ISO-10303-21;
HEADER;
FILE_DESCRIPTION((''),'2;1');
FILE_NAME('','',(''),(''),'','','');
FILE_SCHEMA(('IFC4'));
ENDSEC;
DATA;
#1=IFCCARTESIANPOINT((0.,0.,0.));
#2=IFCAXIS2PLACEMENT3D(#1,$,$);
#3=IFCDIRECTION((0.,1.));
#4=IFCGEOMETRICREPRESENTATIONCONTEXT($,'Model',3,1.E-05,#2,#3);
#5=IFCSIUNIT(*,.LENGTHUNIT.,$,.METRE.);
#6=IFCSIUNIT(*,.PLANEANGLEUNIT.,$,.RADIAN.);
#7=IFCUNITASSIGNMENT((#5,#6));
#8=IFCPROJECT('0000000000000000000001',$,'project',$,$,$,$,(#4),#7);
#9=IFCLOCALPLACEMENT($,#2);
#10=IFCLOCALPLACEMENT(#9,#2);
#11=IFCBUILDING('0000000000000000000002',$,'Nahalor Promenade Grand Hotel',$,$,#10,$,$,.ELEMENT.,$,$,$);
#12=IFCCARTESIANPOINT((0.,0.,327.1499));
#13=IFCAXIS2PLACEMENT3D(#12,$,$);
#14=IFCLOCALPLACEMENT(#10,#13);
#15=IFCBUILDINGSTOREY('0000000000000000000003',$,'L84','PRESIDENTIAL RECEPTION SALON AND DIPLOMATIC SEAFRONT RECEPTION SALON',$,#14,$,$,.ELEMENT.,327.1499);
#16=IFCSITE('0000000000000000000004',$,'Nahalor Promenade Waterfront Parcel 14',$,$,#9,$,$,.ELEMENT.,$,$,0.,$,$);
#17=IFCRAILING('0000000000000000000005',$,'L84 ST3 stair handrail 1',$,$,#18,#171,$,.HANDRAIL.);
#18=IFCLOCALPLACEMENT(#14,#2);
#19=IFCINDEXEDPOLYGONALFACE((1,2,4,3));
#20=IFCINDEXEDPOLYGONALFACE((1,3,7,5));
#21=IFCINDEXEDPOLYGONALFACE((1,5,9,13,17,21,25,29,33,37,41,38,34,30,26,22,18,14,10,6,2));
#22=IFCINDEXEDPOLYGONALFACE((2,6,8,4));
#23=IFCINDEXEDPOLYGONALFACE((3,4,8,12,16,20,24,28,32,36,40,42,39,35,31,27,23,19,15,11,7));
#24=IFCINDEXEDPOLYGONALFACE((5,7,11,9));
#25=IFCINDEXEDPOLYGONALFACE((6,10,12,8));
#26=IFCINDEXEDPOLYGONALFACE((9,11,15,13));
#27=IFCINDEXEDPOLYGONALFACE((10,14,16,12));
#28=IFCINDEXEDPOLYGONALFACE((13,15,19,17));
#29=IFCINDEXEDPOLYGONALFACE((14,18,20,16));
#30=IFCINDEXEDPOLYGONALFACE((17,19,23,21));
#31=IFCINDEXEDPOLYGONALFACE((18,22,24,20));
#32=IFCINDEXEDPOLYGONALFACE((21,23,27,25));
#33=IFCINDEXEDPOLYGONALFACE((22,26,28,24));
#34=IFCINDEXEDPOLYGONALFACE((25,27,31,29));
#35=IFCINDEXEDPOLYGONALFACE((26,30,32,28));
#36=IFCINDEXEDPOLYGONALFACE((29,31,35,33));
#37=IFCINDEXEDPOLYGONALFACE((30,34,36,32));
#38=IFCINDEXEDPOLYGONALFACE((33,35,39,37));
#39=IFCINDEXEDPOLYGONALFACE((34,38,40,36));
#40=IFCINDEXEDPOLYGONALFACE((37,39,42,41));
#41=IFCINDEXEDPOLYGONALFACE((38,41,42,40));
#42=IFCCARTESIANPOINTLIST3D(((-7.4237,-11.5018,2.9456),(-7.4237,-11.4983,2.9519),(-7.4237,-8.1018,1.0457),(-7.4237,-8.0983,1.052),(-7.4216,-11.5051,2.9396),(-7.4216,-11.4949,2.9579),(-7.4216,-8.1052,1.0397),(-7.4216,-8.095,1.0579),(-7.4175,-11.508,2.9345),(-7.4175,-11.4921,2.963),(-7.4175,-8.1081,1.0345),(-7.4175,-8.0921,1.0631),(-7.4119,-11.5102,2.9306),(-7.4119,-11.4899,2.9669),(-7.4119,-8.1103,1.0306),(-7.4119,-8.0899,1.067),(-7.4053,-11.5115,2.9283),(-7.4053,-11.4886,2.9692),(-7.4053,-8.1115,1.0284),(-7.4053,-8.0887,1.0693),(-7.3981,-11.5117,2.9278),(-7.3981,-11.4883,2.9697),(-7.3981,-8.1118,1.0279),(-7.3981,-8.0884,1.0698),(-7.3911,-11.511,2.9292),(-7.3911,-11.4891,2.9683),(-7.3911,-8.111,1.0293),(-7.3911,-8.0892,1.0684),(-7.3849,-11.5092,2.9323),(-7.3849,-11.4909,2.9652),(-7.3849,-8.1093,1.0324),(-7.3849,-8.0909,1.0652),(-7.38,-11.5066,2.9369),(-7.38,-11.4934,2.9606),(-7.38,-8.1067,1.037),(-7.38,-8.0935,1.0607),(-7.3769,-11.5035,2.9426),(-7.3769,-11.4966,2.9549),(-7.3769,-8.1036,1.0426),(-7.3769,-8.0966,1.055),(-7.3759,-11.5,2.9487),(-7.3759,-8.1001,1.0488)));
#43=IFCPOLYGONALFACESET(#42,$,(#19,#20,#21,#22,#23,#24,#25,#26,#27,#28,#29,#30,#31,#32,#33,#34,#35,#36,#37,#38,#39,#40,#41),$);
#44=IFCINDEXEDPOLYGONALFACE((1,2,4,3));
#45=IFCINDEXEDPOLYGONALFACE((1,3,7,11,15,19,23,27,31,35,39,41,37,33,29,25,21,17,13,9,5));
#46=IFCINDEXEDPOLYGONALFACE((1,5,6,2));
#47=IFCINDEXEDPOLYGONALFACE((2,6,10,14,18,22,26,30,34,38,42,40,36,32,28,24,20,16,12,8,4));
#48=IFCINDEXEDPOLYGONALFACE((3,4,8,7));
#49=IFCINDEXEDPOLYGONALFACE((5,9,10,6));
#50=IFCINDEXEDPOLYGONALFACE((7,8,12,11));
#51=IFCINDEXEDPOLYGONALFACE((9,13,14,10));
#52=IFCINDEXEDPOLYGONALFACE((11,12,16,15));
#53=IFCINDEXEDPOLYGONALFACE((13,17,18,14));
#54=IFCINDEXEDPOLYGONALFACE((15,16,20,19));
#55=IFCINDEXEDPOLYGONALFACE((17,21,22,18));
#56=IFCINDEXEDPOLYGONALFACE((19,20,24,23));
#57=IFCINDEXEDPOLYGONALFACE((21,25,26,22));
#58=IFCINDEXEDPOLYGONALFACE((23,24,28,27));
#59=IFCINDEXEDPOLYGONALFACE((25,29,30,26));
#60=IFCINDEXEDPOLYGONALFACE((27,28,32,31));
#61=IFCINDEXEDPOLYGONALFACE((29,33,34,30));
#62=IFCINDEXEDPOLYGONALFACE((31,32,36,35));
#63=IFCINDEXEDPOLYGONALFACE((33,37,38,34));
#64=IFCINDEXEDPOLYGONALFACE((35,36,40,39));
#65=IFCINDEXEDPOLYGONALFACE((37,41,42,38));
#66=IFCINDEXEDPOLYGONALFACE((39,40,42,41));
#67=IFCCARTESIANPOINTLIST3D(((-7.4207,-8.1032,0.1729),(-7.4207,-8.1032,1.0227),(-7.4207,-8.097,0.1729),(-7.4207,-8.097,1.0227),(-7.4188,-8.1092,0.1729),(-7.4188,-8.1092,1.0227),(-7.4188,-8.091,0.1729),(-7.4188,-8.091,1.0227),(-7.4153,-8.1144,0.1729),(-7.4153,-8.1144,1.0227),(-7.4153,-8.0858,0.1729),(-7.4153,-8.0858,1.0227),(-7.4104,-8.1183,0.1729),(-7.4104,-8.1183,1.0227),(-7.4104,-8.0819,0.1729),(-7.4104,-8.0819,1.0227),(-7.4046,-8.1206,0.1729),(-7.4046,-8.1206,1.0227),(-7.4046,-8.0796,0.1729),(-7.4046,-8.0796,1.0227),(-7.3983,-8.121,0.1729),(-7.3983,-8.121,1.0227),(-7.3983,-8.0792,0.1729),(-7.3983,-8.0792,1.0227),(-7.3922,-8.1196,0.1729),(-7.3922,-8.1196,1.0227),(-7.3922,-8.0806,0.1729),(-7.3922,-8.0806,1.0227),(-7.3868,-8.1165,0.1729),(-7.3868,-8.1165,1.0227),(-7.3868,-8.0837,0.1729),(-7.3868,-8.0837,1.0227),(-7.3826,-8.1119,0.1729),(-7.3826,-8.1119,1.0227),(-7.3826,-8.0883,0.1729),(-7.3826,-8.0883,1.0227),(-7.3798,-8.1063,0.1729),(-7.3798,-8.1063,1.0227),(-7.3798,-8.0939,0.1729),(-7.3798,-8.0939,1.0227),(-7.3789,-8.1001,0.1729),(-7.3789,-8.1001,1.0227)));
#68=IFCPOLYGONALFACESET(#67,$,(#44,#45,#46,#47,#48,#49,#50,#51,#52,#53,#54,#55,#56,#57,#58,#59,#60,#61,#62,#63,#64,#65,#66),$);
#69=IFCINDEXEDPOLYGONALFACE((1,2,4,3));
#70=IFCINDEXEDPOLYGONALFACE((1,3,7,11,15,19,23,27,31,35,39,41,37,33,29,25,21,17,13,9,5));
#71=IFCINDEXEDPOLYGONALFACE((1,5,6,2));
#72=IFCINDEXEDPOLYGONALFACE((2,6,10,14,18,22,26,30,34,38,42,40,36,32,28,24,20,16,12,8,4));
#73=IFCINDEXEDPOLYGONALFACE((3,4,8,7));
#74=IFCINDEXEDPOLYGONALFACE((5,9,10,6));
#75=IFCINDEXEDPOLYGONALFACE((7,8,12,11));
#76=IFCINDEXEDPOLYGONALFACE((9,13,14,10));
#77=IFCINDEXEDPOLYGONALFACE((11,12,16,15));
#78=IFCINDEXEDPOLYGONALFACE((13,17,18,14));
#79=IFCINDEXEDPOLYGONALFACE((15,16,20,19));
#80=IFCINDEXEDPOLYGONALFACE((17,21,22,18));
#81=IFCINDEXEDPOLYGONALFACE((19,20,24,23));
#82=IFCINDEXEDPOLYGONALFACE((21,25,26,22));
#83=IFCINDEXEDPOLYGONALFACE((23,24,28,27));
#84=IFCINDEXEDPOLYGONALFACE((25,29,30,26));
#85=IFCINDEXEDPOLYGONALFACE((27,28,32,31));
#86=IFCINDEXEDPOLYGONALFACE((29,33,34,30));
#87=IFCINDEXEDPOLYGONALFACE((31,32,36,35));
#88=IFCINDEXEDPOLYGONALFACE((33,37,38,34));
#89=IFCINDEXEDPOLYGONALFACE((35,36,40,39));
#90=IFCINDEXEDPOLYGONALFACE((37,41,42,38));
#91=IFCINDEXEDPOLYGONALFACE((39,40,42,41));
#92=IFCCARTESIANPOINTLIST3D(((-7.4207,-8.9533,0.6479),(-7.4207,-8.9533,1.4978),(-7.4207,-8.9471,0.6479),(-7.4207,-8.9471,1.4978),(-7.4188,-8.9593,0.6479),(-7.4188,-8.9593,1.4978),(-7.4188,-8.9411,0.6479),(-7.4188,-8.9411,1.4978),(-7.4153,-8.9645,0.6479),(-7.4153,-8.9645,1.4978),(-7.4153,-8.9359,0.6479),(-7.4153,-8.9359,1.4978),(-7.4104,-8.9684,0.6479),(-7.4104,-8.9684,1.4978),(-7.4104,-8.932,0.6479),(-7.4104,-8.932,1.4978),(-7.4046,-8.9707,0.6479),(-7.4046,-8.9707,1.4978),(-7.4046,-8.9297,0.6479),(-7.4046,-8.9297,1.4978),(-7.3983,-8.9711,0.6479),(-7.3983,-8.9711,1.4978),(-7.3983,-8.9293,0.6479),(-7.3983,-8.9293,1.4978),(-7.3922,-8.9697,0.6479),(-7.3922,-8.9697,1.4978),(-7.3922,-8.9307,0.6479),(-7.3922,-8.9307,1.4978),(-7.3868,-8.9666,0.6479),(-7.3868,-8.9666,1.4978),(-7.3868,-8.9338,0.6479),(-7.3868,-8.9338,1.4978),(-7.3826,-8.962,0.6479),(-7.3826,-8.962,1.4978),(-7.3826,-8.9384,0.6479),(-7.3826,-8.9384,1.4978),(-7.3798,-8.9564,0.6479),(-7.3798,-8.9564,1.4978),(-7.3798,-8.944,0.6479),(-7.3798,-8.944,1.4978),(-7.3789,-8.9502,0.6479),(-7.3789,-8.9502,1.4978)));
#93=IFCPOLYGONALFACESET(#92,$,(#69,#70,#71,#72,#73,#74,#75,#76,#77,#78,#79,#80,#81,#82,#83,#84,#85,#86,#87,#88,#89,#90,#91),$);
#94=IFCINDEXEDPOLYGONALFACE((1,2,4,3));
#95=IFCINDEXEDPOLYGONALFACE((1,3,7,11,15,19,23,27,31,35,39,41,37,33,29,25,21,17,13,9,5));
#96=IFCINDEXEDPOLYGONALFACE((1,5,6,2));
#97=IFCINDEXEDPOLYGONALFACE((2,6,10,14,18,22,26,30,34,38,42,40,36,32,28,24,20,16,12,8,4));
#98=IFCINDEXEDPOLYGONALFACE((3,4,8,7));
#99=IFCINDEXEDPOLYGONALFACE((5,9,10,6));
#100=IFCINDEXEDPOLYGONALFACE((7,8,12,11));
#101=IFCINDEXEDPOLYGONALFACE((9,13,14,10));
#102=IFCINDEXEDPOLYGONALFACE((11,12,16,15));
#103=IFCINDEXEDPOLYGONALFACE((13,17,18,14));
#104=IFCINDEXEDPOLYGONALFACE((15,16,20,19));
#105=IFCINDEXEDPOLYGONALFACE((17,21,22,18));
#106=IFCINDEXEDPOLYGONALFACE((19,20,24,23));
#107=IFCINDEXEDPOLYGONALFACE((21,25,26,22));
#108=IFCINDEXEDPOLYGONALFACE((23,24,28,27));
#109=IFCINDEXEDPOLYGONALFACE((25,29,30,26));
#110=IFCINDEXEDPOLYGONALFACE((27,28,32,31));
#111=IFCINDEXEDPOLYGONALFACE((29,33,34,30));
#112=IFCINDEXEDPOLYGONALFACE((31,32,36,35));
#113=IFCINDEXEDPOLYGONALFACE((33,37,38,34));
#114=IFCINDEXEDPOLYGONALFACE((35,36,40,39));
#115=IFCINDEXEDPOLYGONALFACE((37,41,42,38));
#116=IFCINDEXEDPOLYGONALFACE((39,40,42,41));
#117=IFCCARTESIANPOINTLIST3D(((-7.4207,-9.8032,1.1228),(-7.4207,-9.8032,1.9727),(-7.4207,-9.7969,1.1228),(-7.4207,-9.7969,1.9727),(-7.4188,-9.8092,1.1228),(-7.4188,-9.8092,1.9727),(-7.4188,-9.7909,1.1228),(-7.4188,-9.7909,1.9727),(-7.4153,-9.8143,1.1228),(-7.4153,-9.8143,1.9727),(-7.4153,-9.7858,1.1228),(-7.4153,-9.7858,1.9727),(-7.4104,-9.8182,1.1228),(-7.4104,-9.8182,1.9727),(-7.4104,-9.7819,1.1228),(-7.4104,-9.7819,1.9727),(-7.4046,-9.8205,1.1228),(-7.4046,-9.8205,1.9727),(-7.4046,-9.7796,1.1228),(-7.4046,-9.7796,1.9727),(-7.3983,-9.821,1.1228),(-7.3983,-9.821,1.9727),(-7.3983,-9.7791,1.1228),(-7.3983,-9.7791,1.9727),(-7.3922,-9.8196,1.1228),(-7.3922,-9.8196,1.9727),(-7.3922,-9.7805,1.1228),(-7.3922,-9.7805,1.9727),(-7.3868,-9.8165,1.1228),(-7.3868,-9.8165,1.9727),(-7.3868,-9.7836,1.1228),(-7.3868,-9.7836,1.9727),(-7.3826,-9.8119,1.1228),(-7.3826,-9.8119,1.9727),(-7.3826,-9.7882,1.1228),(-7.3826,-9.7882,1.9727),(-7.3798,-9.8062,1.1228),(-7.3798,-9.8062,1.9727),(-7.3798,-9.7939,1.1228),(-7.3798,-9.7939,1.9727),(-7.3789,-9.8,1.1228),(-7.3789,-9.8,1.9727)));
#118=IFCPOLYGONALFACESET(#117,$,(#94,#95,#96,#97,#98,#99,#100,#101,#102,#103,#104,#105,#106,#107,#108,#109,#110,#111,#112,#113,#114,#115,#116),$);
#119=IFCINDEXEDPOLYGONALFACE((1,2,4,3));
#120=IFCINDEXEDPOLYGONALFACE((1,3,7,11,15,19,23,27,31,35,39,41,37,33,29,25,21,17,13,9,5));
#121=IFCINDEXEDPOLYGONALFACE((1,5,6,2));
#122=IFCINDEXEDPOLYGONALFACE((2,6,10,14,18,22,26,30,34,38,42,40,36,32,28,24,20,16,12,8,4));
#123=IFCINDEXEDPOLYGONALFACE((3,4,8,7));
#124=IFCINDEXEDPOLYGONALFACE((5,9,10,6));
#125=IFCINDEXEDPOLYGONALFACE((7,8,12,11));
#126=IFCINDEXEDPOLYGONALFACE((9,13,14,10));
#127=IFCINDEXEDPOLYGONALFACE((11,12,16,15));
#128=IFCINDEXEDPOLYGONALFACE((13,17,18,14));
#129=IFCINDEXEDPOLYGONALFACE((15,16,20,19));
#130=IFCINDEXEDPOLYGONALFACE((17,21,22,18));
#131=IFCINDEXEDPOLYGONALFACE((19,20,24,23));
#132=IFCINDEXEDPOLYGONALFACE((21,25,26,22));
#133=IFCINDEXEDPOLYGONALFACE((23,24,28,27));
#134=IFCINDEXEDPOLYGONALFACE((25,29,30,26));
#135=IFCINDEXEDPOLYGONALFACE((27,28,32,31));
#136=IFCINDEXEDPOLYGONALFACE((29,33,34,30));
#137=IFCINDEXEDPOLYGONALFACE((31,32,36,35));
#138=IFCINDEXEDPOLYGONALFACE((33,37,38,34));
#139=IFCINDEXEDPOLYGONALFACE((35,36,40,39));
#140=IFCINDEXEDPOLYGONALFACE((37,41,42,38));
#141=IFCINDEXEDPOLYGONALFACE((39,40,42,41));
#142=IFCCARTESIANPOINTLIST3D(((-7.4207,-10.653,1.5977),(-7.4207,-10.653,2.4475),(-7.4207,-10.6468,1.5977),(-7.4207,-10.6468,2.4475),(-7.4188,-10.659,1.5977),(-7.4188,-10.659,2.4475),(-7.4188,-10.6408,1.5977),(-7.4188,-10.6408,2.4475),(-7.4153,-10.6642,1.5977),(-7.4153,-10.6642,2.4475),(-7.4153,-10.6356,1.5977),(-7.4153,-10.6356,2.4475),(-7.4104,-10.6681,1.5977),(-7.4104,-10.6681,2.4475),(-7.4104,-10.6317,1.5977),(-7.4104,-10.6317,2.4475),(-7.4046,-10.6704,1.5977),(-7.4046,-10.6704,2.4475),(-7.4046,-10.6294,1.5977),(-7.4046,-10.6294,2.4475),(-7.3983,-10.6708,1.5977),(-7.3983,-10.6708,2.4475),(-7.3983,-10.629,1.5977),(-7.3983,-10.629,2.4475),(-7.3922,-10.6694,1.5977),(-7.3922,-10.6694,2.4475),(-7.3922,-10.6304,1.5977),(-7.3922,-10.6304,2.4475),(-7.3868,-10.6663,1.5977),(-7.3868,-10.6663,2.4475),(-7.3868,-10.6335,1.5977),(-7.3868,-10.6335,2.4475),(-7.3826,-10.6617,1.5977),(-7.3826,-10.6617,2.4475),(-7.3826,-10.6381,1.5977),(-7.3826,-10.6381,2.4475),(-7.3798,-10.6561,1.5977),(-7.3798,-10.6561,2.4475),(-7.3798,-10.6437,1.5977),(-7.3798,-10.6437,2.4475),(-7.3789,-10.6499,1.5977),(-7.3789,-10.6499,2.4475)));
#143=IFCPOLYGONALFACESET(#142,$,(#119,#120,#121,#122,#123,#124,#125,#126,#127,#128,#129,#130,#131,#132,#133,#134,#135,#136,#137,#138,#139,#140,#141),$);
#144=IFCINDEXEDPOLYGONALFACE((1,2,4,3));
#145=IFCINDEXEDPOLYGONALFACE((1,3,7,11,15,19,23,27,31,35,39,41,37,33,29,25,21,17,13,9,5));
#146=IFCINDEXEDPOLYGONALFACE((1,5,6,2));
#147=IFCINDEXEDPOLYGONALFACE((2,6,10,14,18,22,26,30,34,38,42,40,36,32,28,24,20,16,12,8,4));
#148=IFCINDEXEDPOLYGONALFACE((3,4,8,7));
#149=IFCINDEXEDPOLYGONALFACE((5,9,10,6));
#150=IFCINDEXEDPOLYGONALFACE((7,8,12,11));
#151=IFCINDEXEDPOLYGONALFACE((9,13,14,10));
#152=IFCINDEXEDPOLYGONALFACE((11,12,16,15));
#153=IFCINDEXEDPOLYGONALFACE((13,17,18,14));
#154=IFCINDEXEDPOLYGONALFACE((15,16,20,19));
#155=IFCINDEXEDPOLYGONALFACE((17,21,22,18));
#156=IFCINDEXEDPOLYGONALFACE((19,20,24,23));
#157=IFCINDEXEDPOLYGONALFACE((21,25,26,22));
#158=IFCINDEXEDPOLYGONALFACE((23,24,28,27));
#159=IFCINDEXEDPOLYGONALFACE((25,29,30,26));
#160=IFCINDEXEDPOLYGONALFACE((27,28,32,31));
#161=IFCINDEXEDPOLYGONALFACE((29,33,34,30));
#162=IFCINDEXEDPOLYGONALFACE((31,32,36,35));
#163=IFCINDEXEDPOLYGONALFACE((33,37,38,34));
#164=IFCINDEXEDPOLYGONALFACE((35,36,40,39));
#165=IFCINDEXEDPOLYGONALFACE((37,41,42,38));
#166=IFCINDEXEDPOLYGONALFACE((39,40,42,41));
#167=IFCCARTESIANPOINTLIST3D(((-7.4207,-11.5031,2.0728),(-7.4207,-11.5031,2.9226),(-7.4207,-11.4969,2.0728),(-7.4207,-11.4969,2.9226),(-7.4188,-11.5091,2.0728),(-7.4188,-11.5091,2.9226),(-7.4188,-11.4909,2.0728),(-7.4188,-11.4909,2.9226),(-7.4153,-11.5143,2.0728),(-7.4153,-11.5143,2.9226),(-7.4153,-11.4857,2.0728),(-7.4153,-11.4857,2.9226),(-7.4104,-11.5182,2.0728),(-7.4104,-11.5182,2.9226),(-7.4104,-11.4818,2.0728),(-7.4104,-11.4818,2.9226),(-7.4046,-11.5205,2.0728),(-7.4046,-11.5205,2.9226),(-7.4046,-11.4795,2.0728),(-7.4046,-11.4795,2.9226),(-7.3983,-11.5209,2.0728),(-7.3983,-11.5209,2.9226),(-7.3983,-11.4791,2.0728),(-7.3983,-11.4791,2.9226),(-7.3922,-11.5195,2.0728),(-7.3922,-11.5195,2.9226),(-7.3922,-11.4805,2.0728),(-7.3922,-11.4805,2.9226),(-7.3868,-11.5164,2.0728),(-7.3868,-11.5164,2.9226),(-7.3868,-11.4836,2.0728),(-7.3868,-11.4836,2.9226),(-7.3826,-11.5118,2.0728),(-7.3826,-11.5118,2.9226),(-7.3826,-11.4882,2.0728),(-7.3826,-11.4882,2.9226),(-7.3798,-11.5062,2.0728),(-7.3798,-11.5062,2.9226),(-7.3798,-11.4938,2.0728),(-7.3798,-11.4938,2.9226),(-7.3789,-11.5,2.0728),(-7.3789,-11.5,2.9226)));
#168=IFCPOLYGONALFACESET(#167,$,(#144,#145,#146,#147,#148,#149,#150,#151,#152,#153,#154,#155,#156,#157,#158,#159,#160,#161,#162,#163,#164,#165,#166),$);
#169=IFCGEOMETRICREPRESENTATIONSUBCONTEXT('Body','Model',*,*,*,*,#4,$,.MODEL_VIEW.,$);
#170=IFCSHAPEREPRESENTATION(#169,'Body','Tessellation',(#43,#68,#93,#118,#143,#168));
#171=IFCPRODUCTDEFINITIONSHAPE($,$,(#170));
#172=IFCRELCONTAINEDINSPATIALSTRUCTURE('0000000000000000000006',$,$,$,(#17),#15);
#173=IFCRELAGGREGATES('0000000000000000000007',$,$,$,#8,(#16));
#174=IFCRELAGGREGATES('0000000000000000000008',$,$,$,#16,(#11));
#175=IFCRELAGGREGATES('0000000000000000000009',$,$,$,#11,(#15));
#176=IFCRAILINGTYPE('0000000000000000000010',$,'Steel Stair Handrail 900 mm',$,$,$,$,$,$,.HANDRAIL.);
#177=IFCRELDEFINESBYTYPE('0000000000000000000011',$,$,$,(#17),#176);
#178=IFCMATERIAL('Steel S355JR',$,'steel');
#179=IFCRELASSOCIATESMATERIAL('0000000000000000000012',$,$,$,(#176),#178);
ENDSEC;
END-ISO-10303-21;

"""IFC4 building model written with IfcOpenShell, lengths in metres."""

from ifc_helpers import new_model, si_unit, direction, frame, origin, origin_2d, place, context, subcontext, project, spatial, circle, extrude, material, type_object, element, save


model = new_model("IFC4")

# Units and contexts
model_context = context("Model", 3, precision=1e-05, world=origin(), true_north=direction((0.0, 1.0)))
body_context = subcontext(model_context, "Body", "Model", "MODEL_VIEW")
ifc_project = project(units=[si_unit("LENGTHUNIT", "METRE"), si_unit("PLANEANGLEUNIT", "RADIAN")], contexts=[model_context])

# Site, building, storey
site_placement = place(None, origin())
site = spatial("IfcSite", under=ifc_project, at=site_placement, Name="Nahalor Promenade Waterfront Parcel 14", CompositionType="ELEMENT", RefElevation=0.0)
building_placement = place(site_placement, origin())
building = spatial("IfcBuilding", under=site, at=building_placement, Name="Nahalor Promenade Grand Hotel", CompositionType="ELEMENT")
storey_placement = place(building_placement, frame((0.0, 0.0, 327.1499)))
storey = spatial("IfcBuildingStorey", under=building, at=storey_placement, Name="L84", Description="PRESIDENTIAL RECEPTION SALON AND DIPLOMATIC SEAFRONT RECEPTION SALON", CompositionType="ELEMENT", Elevation=327.1499)

# Shared definitions
ifc_material_1 = material(Name="Steel S355JR", Category="steel")

# Railing
railing_type_1 = type_object("IfcRailingType", Name="Steel Stair Handrail 900 mm", PredefinedType="HANDRAIL", material=ifc_material_1)
for number, where, name in (
    (1, (-7.3999, -8.1001, 0.1729), "L84 ST3 stair handrail 1"),
):
    element("IfcRailing", number, at=place(storey_placement, frame(where)), inside=storey, type_object=railing_type_1, Name=name, PredefinedType="HANDRAIL", context=body_context, shape_type="SweptSolid", body=[
        extrude(circle(Radius=0.024, at=origin_2d()), frame((0.0, 0.0, 0.876), z_axis=(0.0, -0.872948, 0.487813), x_axis=(1.0, 0.0, 0.0)), (0.0, 0.0, 1.0), 3.8948),
        extrude(circle(Radius=0.021, at=origin_2d()), origin(), (0.0, 0.0, 1.0), 0.8499),
        extrude(circle(Radius=0.021, at=origin_2d()), frame((0.0, -0.8501, 0.4751)), (0.0, 0.0, 1.0), 0.8499),
        extrude(circle(Radius=0.021, at=origin_2d()), frame((0.0, -1.7, 0.95)), (0.0, 0.0, 1.0), 0.8499),
        extrude(circle(Radius=0.021, at=origin_2d()), frame((0.0, -2.5498, 1.4248)), (0.0, 0.0, 1.0), 0.8499),
        extrude(circle(Radius=0.021, at=origin_2d()), frame((0.0, -3.3999, 1.8999)), (0.0, 0.0, 1.0), 0.8499),
    ])

save(model, "model.ifc")
